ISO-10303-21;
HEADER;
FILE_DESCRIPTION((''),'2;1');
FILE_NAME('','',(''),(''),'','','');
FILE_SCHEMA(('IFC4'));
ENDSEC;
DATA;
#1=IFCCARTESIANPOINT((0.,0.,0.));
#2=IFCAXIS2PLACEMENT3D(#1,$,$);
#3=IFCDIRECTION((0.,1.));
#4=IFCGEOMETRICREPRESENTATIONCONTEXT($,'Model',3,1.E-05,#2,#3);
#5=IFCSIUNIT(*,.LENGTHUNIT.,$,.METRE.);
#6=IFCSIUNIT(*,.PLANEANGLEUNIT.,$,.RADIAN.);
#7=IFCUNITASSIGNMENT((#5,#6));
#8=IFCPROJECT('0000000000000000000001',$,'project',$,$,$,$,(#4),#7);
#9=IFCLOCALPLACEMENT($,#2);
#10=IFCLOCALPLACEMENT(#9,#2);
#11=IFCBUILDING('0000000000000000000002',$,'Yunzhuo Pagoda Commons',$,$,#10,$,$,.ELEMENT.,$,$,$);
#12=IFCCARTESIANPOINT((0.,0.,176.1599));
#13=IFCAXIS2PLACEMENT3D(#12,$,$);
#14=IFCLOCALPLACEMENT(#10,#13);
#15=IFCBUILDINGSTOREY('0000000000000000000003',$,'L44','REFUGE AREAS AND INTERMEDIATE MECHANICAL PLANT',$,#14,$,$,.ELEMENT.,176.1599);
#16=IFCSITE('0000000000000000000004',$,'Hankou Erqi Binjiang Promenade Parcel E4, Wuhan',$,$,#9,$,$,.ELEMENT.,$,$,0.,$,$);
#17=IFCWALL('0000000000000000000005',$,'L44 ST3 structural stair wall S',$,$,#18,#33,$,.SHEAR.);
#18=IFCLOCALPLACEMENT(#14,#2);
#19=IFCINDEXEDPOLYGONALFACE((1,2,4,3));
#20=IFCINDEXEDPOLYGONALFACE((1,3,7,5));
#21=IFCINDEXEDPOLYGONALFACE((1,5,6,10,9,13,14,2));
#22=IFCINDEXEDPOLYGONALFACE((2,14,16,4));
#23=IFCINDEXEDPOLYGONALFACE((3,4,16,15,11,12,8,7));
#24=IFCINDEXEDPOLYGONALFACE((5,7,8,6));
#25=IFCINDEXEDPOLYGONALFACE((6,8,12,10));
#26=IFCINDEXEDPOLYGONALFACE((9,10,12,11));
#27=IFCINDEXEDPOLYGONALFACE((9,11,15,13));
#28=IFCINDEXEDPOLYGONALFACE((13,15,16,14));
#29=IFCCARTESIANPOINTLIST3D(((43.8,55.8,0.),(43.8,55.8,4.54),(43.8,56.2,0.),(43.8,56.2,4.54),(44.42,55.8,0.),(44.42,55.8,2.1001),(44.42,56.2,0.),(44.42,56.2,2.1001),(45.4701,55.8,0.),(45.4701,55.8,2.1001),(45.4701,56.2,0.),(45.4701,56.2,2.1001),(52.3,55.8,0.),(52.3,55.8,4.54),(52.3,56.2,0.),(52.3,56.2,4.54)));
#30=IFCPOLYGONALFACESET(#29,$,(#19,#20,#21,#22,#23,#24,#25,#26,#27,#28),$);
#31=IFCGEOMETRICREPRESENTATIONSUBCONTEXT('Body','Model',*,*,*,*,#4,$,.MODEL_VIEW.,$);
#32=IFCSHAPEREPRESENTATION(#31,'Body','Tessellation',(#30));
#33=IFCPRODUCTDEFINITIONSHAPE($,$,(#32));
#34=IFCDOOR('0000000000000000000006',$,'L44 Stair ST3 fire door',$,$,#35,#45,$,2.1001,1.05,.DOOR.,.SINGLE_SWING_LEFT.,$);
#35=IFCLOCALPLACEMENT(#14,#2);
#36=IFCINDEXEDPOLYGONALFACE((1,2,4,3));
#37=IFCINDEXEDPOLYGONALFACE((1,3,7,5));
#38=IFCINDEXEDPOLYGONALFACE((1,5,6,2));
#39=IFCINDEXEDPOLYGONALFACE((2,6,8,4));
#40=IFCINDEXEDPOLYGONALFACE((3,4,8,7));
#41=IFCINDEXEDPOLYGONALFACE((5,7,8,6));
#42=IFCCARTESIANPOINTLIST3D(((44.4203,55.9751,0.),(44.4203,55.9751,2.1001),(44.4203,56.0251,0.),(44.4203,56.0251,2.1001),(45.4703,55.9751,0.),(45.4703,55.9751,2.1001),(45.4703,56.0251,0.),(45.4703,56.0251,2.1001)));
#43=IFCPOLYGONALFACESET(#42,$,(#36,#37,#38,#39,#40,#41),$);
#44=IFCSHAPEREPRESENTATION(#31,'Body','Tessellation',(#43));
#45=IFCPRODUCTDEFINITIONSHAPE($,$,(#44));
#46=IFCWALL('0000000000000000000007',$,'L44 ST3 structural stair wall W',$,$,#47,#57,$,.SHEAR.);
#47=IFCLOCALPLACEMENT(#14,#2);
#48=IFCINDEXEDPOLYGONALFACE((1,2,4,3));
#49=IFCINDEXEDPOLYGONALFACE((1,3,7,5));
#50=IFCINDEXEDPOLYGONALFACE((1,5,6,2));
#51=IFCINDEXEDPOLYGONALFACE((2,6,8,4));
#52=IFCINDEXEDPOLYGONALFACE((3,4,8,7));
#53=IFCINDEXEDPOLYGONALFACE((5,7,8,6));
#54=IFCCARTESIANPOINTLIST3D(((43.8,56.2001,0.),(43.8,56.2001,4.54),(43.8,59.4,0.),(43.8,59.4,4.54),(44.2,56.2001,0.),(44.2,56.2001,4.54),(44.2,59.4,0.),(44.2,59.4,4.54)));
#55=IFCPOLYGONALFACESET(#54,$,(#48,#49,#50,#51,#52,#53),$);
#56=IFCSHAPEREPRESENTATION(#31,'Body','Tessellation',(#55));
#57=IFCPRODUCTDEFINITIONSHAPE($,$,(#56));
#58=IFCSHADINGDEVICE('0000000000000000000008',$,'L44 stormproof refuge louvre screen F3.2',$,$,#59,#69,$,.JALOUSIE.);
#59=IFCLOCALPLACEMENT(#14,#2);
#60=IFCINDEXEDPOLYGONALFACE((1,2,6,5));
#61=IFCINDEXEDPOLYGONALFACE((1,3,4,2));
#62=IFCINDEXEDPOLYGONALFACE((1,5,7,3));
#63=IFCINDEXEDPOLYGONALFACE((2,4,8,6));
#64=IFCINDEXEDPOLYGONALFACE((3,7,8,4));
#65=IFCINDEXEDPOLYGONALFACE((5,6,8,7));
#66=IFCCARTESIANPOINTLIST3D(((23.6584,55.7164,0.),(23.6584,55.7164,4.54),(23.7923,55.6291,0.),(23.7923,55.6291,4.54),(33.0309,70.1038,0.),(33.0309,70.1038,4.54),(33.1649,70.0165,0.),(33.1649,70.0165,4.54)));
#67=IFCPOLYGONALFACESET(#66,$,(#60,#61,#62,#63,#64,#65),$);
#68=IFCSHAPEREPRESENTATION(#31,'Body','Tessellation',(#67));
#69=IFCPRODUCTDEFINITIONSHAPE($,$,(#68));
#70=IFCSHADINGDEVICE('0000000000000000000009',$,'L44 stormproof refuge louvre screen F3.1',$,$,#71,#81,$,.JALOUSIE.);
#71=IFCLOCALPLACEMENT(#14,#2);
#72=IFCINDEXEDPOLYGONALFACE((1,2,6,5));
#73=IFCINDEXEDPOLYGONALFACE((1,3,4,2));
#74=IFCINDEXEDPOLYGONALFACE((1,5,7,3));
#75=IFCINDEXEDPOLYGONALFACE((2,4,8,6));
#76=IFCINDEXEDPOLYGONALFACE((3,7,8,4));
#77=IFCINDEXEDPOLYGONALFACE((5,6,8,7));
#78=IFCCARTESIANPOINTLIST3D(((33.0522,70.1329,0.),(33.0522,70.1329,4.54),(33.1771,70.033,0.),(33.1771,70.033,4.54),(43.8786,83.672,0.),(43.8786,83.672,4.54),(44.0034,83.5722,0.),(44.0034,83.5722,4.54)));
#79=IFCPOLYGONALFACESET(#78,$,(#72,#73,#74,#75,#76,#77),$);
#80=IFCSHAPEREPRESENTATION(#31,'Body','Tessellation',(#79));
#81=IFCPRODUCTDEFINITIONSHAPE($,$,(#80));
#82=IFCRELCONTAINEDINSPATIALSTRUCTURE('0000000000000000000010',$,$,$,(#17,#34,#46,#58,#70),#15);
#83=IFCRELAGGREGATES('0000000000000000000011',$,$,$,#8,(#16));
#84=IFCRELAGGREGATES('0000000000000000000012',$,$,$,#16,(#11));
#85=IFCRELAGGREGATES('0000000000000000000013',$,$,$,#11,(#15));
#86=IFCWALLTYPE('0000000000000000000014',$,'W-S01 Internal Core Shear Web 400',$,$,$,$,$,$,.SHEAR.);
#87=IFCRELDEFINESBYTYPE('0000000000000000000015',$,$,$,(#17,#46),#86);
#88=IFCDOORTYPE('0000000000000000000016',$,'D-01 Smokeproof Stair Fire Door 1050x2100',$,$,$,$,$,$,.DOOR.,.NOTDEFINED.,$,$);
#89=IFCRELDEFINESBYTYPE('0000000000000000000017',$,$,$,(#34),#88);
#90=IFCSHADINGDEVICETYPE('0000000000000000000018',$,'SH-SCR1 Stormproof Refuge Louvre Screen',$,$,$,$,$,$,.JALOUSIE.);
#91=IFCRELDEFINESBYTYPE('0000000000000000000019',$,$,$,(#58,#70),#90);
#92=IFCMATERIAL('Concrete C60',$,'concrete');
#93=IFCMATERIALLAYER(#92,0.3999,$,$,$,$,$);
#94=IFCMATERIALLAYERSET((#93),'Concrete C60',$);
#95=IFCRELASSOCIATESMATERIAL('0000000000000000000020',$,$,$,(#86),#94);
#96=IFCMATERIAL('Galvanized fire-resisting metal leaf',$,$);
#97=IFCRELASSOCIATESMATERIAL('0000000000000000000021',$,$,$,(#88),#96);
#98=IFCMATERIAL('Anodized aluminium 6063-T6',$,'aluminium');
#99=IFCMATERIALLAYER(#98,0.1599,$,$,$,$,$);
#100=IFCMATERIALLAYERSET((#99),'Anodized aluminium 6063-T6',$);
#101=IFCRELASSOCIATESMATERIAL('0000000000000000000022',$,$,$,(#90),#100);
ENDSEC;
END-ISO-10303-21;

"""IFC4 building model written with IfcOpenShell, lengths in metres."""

from ifc_helpers import new_model, si_unit, direction, frame, frame_2d, origin, origin_2d, place, context, subcontext, project, spatial, rectangle, extrude, source, transform, mapped, material, layer, layer_set, type_object, element, fill, save


model = new_model("IFC4")

# Units and contexts
model_context = context("Model", 3, precision=1e-05, world=origin(), true_north=direction((0.0, 1.0)))
body_context = subcontext(model_context, "Body", "Model", "MODEL_VIEW")
ifc_project = project(units=[si_unit("LENGTHUNIT", "METRE"), si_unit("PLANEANGLEUNIT", "RADIAN")], contexts=[model_context])

# Site, building, storey
site_placement = place(None, origin())
site = spatial("IfcSite", under=ifc_project, at=site_placement, Name="Hankou Erqi Binjiang Promenade Parcel E4, Wuhan", CompositionType="ELEMENT", RefElevation=0.0)
building_placement = place(site_placement, origin())
building = spatial("IfcBuilding", under=site, at=building_placement, Name="Yunzhuo Pagoda Commons", CompositionType="ELEMENT")
storey_placement = place(building_placement, frame((0.0, 0.0, 176.1599)))
storey = spatial("IfcBuildingStorey", under=building, at=storey_placement, Name="L44", Description="REFUGE AREAS AND INTERMEDIATE MECHANICAL PLANT", CompositionType="ELEMENT", Elevation=176.1599)

# Shared definitions
ifc_material_1 = material(Name="Concrete C60", Category="concrete")
ifc_layer_1 = layer(ifc_material_1, 0.3999)
ifc_layer_set_1 = layer_set([ifc_layer_1], Name="Concrete C60")
wall_type = type_object("IfcWallType", Name="W-S01 Internal Core Shear Web 400", PredefinedType="SHEAR", material=ifc_layer_set_1)

# Wall, opening, door
wall_1_placement = place(storey_placement, frame((43.8, 56.0, 0.0), z_axis=(0.0, 0.0, 1.0), x_axis=(1.0, 0.0, 0.0)))
wall_1 = element("IfcWall", 1, at=wall_1_placement, inside=storey, type_object=wall_type, Name="L44 ST3 structural stair wall S", PredefinedType="SHEAR", context=body_context, shape_type="SweptSolid", body=[
    extrude(rectangle(XDim=8.5, YDim=0.3999, at=frame_2d((4.25, 0.0))), origin(), (0.0, 0.0, 1.0), 4.54),
])
opening_placement = place(wall_1_placement, frame((0.6201, 0.0, 0.0)))
opening = element("IfcOpeningElement", 2, at=opening_placement, cuts=wall_1, PredefinedType="OPENING", context=body_context, shape_type="SweptSolid", body=[
    extrude(rectangle(XDim=1.05, YDim=2.1001, at=frame_2d((0.5249, 1.05))), frame((0.0, 0.21, 0.0), z_axis=(0.0, -1.0, 0.0), x_axis=(1.0, 0.0, 0.0)), (0.0, 0.0, 1.0), 0.4199),
])
ifc_material_2 = material(Name="Galvanized fire-resisting metal leaf")
door_type = type_object("IfcDoorType", Name="D-01 Smokeproof Stair Fire Door 1050x2100", OperationType="NOTDEFINED", PredefinedType="DOOR", material=ifc_material_2)
shared_shape_1 = source(origin(), body_context, "Body", "SweptSolid", [
    extrude(rectangle(XDim=1.05, YDim=2.1001, at=frame_2d((0.5249, 1.05))), frame((0.0, 0.0249, 0.0), z_axis=(0.0, -1.0, 0.0), x_axis=(1.0, 0.0, 0.0)), (0.0, 0.0, 1.0), 0.05),
])
door_placement = place(opening_placement, frame((1.05, 0.0, 0.0), z_axis=(0.0, 0.0, 1.0), x_axis=(-1.0, 0.0, 0.0)))
door = element("IfcDoor", 3, at=door_placement, inside=storey, type_object=door_type, Name="L44 Stair ST3 fire door", OperationType="SINGLE_SWING_LEFT", OverallHeight=2.1001, OverallWidth=1.05, PredefinedType="DOOR", context=body_context, shape_type="MappedRepresentation", body=[
    mapped(shared_shape_1, transform((0.0, 0.0, 0.0), scale=1.0)),
])
fill(opening, door)

# Wall
wall_2_placement = place(storey_placement, frame((44.0, 56.2, 0.0), z_axis=(0.0, 0.0, 1.0), x_axis=(0.0, 1.0, 0.0)))
element("IfcWall", 4, at=wall_2_placement, inside=storey, type_object=wall_type, Name="L44 ST3 structural stair wall W", PredefinedType="SHEAR", context=body_context, shape_type="SweptSolid", body=[
    extrude(rectangle(XDim=3.2, YDim=0.3999, at=frame_2d((1.6001, 0.0))), origin(), (0.0, 0.0, 1.0), 4.54),
])

# Shading devices
ifc_material_3 = material(Name="Anodized aluminium 6063-T6", Category="aluminium")
ifc_layer_2 = layer(ifc_material_3, 0.1599)
ifc_layer_set_2 = layer_set([ifc_layer_2], Name="Anodized aluminium 6063-T6")
shading_device_type = type_object("IfcShadingDeviceType", Name="SH-SCR1 Stormproof Refuge Louvre Screen", PredefinedType="JALOUSIE", material=ifc_layer_set_2)
shared_shape_2 = source(origin(), body_context, "Body", "SweptSolid", [
    extrude(rectangle(XDim=17.1709, YDim=0.1599, at=origin_2d()), origin(), (0.0, 0.0, 1.0), 4.54),
])
shading_device_1_placement = place(storey_placement, frame((28.4116, 62.8665, 0.0), z_axis=(0.0, 0.0, 1.0), x_axis=(-0.545839, -0.83789, 0.0)))
element("IfcShadingDevice", 5, at=shading_device_1_placement, inside=storey, type_object=shading_device_type, Name="L44 stormproof refuge louvre screen F3.2", PredefinedType="JALOUSIE", context=body_context, shape_type="MappedRepresentation", body=[
    mapped(shared_shape_2, transform((0.0, 0.0, 0.0), scale=1.0)),
])
shared_shape_3 = source(origin(), body_context, "Body", "SweptSolid", [
    extrude(rectangle(XDim=17.3354, YDim=0.1599, at=origin_2d()), origin(), (0.0, 0.0, 1.0), 4.54),
])
shading_device_2_placement = place(storey_placement, frame((38.5278, 76.8525, 0.0), z_axis=(0.0, 0.0, 1.0), x_axis=(-0.62452, -0.781008, 0.0)))
element("IfcShadingDevice", 6, at=shading_device_2_placement, inside=storey, type_object=shading_device_type, Name="L44 stormproof refuge louvre screen F3.1", PredefinedType="JALOUSIE", context=body_context, shape_type="MappedRepresentation", body=[
    mapped(shared_shape_3, transform((0.0, 0.0, 0.0), scale=1.0)),
])

save(model, "model.ifc")
